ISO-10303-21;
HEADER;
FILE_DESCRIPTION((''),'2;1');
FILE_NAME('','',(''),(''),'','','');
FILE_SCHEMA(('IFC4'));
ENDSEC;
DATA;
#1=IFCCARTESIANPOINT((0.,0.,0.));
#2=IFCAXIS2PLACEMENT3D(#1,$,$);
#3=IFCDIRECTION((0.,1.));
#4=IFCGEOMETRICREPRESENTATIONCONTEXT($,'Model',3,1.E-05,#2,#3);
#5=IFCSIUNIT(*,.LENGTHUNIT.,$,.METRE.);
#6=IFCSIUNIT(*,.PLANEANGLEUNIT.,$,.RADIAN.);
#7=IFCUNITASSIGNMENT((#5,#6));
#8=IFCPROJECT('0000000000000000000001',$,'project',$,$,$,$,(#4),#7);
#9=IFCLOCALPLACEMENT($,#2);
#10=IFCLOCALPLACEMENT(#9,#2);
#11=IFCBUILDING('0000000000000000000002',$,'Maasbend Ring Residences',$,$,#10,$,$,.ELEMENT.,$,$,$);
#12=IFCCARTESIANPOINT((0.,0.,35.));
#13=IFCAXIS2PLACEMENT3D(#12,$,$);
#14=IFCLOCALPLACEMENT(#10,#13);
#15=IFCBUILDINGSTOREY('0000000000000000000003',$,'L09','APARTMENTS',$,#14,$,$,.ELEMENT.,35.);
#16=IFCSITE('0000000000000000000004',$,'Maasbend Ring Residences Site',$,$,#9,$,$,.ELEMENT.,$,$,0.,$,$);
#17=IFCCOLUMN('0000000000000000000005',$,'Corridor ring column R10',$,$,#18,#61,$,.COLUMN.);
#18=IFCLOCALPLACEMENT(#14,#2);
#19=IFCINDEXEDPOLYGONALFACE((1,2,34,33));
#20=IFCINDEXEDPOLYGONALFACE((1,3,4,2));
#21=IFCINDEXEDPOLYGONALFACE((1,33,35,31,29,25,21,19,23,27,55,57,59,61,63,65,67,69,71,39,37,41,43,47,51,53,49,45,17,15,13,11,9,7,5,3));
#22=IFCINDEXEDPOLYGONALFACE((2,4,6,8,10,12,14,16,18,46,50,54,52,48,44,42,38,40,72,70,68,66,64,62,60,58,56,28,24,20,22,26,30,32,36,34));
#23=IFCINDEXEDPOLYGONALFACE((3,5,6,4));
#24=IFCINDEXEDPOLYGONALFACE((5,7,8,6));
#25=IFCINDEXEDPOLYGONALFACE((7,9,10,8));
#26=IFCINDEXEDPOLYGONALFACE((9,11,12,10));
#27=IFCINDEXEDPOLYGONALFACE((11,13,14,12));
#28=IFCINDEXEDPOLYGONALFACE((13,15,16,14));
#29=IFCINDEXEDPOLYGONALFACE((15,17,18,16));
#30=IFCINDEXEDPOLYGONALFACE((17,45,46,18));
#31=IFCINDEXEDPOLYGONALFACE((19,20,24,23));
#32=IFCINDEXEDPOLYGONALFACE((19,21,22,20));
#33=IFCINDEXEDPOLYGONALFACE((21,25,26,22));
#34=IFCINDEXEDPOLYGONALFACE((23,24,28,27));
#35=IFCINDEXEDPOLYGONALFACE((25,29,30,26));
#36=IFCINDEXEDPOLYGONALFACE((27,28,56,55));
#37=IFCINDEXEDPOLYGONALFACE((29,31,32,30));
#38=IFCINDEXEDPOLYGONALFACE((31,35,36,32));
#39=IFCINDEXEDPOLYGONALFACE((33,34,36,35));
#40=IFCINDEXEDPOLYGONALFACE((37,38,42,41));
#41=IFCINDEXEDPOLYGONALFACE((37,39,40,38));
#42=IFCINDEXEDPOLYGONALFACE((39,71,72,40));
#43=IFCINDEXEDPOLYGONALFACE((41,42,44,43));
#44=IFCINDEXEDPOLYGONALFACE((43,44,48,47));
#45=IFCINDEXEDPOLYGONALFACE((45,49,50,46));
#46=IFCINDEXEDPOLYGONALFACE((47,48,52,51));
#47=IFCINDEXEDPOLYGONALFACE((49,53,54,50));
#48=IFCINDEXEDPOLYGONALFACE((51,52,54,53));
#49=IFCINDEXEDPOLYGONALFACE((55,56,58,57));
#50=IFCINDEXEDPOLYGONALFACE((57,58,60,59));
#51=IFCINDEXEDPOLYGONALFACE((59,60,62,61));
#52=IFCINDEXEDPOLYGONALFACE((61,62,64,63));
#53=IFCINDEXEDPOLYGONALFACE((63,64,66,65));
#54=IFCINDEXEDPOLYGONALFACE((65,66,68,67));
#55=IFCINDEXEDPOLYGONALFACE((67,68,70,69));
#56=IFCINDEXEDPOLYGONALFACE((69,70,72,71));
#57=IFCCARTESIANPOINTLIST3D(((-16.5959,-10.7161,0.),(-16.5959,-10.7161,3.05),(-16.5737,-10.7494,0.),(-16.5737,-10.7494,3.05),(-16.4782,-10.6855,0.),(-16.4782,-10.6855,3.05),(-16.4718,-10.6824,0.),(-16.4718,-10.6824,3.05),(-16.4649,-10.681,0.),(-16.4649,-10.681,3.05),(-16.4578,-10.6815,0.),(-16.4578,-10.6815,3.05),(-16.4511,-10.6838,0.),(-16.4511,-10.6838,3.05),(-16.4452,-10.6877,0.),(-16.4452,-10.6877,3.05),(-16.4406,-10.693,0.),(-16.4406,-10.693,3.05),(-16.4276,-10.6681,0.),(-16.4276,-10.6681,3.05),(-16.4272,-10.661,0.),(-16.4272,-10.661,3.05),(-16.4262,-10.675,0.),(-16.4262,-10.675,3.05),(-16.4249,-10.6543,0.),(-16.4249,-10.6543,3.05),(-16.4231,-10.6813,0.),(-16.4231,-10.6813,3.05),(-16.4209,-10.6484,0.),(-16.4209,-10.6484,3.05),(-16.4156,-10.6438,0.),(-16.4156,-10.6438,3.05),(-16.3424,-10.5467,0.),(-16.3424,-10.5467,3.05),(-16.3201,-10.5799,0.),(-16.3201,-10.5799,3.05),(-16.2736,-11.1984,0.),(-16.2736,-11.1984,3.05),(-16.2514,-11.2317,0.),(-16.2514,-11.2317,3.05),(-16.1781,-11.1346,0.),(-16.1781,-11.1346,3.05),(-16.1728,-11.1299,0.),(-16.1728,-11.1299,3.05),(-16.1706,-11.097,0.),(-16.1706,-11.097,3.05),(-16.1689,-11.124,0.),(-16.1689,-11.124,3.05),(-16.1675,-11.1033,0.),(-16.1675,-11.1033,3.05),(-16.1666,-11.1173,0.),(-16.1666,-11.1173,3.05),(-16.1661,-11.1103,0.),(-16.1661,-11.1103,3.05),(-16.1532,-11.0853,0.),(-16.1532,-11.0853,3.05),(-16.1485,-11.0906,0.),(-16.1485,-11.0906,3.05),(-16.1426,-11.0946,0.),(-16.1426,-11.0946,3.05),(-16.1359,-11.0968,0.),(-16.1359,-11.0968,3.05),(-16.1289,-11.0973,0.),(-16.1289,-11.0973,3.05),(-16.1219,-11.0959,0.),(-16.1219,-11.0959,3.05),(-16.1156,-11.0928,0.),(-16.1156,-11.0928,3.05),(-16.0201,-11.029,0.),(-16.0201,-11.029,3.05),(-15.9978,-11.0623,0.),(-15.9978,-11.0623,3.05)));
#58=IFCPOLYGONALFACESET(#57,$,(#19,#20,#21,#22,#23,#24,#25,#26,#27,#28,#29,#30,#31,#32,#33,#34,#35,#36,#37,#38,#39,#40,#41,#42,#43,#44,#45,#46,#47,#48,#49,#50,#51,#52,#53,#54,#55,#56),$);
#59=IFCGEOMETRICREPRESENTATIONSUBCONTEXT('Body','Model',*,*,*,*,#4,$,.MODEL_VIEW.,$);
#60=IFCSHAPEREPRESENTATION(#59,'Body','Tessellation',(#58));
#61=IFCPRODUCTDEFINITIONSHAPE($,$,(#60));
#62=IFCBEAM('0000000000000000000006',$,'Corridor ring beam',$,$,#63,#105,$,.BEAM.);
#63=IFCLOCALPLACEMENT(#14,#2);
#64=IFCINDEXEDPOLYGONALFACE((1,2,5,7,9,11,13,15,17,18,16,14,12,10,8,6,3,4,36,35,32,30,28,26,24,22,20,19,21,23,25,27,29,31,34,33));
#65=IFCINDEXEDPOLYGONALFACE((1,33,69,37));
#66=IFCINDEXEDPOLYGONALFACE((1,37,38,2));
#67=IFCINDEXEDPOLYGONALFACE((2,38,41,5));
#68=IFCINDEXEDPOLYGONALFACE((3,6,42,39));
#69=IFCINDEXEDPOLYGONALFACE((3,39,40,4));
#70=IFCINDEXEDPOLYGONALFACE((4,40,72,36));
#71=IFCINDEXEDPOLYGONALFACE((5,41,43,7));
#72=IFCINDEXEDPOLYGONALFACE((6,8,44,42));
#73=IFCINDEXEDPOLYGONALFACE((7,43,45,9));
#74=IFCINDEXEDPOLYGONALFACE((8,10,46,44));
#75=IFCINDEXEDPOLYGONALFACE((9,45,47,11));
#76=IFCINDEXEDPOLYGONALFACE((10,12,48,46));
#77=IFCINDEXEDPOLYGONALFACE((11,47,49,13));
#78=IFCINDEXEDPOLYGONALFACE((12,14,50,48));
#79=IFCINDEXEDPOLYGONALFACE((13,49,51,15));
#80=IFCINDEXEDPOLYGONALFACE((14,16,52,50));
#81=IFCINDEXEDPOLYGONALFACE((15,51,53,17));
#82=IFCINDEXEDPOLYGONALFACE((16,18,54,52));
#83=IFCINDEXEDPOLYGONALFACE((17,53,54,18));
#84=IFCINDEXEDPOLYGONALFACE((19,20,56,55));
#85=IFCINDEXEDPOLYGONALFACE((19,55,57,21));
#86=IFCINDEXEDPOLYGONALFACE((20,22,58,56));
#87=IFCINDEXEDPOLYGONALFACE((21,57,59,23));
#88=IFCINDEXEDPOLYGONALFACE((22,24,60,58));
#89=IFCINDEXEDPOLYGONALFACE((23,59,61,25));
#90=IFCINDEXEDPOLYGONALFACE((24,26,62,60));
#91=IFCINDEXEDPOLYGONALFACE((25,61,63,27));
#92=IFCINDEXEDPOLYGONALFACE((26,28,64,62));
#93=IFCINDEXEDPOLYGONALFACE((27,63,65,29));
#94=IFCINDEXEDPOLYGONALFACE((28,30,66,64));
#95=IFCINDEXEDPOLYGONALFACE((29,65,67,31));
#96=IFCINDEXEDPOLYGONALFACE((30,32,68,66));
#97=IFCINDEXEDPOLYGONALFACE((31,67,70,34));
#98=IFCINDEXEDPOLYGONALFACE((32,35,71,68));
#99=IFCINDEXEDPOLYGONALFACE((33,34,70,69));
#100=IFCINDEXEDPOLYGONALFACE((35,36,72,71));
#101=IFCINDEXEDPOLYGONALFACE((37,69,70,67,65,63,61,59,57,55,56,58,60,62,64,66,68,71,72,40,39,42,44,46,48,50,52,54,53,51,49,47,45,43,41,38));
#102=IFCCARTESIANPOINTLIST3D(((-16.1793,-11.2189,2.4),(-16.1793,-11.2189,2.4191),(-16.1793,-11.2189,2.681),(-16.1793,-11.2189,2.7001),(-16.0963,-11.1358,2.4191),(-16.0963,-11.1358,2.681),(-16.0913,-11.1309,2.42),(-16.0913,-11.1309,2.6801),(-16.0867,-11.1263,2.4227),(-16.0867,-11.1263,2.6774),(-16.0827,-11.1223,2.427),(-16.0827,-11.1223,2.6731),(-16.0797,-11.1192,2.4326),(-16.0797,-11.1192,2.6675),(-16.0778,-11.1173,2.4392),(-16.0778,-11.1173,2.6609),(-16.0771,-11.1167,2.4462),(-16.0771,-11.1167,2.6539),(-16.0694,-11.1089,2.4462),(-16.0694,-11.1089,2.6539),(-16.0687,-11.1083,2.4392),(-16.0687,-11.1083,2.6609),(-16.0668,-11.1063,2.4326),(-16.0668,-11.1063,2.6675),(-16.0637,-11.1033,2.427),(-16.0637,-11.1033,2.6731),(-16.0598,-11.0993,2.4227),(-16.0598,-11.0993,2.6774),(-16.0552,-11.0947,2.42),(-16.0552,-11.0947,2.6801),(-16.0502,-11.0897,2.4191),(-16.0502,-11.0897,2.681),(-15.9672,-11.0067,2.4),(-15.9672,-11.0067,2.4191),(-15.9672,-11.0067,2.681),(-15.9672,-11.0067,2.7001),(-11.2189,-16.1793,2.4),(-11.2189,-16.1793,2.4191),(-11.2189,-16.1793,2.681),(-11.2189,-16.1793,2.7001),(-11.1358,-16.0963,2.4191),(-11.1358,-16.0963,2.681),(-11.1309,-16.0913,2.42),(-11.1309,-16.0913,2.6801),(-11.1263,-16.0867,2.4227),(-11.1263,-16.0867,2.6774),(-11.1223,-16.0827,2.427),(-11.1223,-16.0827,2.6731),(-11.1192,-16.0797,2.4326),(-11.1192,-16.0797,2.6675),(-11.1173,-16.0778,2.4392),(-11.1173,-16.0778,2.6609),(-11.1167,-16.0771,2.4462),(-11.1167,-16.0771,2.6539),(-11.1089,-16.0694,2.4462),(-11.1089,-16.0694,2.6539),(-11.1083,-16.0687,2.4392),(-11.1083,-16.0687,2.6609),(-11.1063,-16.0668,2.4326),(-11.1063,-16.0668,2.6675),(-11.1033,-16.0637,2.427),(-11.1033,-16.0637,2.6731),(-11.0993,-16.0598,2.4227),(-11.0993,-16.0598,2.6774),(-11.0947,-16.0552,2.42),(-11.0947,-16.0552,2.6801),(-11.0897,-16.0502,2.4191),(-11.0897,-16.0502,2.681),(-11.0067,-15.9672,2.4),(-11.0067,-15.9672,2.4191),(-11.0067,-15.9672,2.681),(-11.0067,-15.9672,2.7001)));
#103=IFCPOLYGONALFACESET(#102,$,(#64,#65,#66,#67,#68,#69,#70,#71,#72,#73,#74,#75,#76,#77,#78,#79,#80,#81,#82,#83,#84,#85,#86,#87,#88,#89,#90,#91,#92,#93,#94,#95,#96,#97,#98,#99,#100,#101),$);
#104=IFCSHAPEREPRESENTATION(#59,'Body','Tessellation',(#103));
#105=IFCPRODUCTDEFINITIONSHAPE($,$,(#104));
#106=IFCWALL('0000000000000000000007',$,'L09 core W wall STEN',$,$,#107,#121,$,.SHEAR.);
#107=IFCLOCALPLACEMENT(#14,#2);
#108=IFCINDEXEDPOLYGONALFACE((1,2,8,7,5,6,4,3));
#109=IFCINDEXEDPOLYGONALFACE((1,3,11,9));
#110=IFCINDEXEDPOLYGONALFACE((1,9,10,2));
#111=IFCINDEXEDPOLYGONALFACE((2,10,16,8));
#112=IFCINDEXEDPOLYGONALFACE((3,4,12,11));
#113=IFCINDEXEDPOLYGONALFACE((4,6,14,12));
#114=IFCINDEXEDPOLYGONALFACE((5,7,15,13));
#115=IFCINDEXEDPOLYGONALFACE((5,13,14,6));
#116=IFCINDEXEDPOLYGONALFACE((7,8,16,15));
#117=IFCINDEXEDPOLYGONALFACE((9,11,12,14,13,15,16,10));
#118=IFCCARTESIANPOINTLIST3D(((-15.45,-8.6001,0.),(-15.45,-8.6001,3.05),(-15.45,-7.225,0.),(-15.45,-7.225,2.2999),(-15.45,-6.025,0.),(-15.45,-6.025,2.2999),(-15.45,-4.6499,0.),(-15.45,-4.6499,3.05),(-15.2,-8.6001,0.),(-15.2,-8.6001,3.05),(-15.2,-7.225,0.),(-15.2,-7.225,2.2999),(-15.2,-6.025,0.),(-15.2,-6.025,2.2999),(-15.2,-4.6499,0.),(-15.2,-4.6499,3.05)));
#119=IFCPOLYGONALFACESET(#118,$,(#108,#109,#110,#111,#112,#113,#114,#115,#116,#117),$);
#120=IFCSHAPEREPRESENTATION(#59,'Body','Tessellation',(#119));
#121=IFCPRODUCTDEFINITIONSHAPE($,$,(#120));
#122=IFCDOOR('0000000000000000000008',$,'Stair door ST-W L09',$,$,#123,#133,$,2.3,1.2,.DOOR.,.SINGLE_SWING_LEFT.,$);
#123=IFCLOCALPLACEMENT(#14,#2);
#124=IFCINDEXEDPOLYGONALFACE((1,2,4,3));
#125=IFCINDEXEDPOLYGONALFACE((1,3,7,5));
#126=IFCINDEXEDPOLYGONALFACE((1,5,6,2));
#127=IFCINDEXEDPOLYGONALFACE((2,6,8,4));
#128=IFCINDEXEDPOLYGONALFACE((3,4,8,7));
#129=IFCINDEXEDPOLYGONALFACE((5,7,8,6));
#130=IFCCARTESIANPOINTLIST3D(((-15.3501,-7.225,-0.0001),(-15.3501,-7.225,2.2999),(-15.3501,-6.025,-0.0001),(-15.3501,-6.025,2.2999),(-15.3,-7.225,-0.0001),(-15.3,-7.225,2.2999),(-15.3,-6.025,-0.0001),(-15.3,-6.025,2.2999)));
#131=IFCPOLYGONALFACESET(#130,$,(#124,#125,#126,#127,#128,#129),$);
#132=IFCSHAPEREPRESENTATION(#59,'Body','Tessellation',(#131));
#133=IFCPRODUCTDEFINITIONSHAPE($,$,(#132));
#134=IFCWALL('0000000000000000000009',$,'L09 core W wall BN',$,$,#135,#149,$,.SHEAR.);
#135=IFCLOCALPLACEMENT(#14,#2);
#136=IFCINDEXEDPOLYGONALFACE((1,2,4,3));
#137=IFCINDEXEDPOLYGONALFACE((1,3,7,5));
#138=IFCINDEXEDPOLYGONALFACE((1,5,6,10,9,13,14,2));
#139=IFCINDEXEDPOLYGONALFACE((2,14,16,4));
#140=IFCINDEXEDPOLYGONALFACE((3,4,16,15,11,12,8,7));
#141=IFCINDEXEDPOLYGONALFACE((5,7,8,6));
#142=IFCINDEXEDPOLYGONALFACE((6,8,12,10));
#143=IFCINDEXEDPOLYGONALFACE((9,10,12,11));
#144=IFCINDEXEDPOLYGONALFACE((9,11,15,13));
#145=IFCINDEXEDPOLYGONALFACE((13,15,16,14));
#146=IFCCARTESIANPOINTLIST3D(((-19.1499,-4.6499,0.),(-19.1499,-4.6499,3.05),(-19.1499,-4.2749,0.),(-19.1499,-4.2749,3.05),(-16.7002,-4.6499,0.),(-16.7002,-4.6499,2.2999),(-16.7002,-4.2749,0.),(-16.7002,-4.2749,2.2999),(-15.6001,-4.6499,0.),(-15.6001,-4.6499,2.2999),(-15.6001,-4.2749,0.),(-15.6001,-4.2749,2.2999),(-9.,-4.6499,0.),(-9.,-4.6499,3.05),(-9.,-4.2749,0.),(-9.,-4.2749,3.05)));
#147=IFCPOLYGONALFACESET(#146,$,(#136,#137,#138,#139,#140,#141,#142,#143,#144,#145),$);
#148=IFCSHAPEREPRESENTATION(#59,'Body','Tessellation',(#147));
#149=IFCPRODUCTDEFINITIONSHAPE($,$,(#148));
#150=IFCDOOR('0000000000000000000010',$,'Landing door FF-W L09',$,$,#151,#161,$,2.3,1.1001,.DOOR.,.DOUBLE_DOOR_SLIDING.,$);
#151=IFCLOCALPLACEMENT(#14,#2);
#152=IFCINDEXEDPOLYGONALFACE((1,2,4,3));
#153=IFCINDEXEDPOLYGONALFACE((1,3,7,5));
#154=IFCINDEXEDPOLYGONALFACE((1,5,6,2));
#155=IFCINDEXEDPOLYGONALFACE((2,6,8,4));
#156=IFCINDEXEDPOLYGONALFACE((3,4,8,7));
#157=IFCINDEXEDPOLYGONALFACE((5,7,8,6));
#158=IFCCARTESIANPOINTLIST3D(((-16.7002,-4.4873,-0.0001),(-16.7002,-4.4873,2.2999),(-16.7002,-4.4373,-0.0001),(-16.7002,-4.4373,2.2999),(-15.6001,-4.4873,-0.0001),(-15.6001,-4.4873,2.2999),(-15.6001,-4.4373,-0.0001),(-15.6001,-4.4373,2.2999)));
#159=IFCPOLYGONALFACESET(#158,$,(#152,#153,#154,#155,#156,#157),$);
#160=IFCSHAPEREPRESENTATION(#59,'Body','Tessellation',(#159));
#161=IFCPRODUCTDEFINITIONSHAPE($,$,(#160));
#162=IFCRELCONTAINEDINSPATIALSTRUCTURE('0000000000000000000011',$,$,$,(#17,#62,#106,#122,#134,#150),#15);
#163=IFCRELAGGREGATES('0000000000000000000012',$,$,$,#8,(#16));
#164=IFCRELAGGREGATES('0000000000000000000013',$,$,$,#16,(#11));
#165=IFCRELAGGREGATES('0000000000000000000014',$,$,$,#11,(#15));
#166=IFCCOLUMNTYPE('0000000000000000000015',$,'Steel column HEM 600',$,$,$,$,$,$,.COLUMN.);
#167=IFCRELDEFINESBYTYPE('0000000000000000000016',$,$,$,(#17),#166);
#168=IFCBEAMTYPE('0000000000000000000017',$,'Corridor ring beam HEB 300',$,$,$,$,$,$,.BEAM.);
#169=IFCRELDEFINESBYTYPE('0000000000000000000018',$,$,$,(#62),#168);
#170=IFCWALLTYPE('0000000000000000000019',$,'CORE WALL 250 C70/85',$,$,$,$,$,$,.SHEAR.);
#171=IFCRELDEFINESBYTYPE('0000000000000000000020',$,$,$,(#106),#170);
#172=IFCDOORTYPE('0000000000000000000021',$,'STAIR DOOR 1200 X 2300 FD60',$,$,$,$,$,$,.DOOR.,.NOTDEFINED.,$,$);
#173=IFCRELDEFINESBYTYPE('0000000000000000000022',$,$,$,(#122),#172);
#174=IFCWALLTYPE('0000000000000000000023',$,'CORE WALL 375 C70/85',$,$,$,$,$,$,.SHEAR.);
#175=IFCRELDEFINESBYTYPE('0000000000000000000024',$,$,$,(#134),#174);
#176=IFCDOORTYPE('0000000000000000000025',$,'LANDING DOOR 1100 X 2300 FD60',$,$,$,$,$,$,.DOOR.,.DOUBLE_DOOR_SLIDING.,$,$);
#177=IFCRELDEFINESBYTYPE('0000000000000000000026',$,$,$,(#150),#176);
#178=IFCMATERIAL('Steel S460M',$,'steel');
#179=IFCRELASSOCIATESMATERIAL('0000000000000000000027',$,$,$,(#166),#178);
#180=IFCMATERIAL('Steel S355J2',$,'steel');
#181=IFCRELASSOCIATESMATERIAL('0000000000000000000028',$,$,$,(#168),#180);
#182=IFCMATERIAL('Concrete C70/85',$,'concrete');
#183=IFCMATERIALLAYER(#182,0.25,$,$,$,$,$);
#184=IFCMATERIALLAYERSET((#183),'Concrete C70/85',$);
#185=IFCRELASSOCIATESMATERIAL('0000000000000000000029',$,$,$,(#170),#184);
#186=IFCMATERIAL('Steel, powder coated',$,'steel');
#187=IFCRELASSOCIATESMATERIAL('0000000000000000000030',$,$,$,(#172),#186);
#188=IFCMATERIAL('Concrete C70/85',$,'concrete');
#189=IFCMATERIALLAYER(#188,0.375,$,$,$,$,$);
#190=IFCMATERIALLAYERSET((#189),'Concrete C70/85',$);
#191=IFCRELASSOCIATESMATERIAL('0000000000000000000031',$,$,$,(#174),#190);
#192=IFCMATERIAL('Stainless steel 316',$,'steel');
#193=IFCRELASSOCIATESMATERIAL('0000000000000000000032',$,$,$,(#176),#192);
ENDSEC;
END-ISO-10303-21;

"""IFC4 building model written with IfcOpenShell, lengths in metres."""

from ifc_helpers import new_model, si_unit, direction, frame, frame_2d, origin, origin_2d, place, context, subcontext, project, spatial, rectangle, i_section, extrude, material, layer, layer_set, material_profile, profile_set, type_object, element, fill, save


model = new_model("IFC4")

# Units and contexts
model_context = context("Model", 3, precision=1e-05, world=origin(), true_north=direction((0.0, 1.0)))
body_context = subcontext(model_context, "Body", "Model", "MODEL_VIEW")
ifc_project = project(units=[si_unit("LENGTHUNIT", "METRE"), si_unit("PLANEANGLEUNIT", "RADIAN")], contexts=[model_context])

# Site, building, storey
site_placement = place(None, origin())
site = spatial("IfcSite", under=ifc_project, at=site_placement, Name="Maasbend Ring Residences Site", CompositionType="ELEMENT", RefElevation=0.0)
building_placement = place(site_placement, origin())
building = spatial("IfcBuilding", under=site, at=building_placement, Name="Maasbend Ring Residences", CompositionType="ELEMENT")
storey_placement = place(building_placement, frame((0.0, 0.0, 35.0)))
storey = spatial("IfcBuildingStorey", under=building, at=storey_placement, Name="L09", Description="APARTMENTS", CompositionType="ELEMENT", Elevation=35.0)

# Column
ifc_material_1 = material(Name="Steel S460M", Category="steel")
ifc_material_profile_1 = material_profile(ifc_material_1, i_section(OverallWidth=0.3049, OverallDepth=0.6201, WebThickness=0.021, FlangeThickness=0.04, FilletRadius=0.0271, at=origin_2d()), Name="HEM 600")
ifc_profile_set_1 = profile_set([ifc_material_profile_1], Name="Steel S460M")
column_type = type_object("IfcColumnType", Name="Steel column HEM 600", PredefinedType="COLUMN", material=ifc_profile_set_1)
column_placement = place(storey_placement, frame((-16.2969, -10.8892, 0.0), z_axis=(0.0, 0.0, 1.0), x_axis=(-0.83147, -0.55557, 0.0)))
element("IfcColumn", 1, at=column_placement, inside=storey, type_object=column_type, Name="Corridor ring column R10", PredefinedType="COLUMN", context=body_context, shape_type="SweptSolid", body=[
    extrude(i_section(OverallWidth=0.3049, OverallDepth=0.6201, WebThickness=0.021, FlangeThickness=0.04, FilletRadius=0.0271, at=origin_2d()), origin(), (0.0, 0.0, 1.0), 3.05),
])

# Beam
ifc_material_2 = material(Name="Steel S355J2", Category="steel")
ifc_material_profile_2 = material_profile(ifc_material_2, i_section(OverallWidth=0.3, OverallDepth=0.3, WebThickness=0.011, FlangeThickness=0.019, FilletRadius=0.0271, at=origin_2d()), Name="HEB 300")
ifc_profile_set_2 = profile_set([ifc_material_profile_2], Name="Steel S355J2")
beam_type = type_object("IfcBeamType", Name="Corridor ring beam HEB 300", PredefinedType="BEAM", material=ifc_profile_set_2)
beam_placement = place(storey_placement, frame((-16.0732, -11.1128, 2.55), z_axis=(0.707107, -0.707107, 0.0), x_axis=(0.707107, 0.707107, 0.0)))
element("IfcBeam", 2, at=beam_placement, inside=storey, type_object=beam_type, Name="Corridor ring beam", PredefinedType="BEAM", context=body_context, shape_type="SweptSolid", body=[
    extrude(i_section(OverallWidth=0.3, OverallDepth=0.3, WebThickness=0.011, FlangeThickness=0.019, FilletRadius=0.0271, at=origin_2d()), origin(), (0.0, 0.0, 1.0), 7.0151),
])

# Walls, openings, doors
ifc_material_3 = material(Name="Concrete C70/85", Category="concrete")
ifc_layer_1 = layer(ifc_material_3, 0.25)
ifc_layer_set_1 = layer_set([ifc_layer_1], Name="Concrete C70/85")
wall_type_1 = type_object("IfcWallType", Name="CORE WALL 250 C70/85", PredefinedType="SHEAR", material=ifc_layer_set_1)
wall_1_placement = place(storey_placement, frame((-15.325, -4.6499, 0.0), z_axis=(0.0, 0.0, 1.0), x_axis=(0.0, -1.0, 0.0)))
wall_1 = element("IfcWall", 3, at=wall_1_placement, inside=storey, type_object=wall_type_1, Name="L09 core W wall STEN", PredefinedType="SHEAR", context=body_context, shape_type="SweptSolid", body=[
    extrude(rectangle(XDim=3.9502, YDim=0.25, at=frame_2d((1.9751, 0.0))), origin(), (0.0, 0.0, 1.0), 3.05),
])
opening_1_placement = place(wall_1_placement, frame((1.375, 0.0, 0.0)))
opening_1 = element("IfcOpeningElement", 4, at=opening_1_placement, cuts=wall_1, PredefinedType="OPENING", context=body_context, shape_type="SweptSolid", body=[
    extrude(rectangle(XDim=1.2, YDim=2.3, at=frame_2d((0.6001, 1.1499))), frame((0.0, 0.135, 0.0), z_axis=(0.0, -1.0, 0.0), x_axis=(1.0, 0.0, 0.0)), (0.0, 0.0, 1.0), 0.27),
])
ifc_material_4 = material(Name="Steel, powder coated", Category="steel")
door_type_1 = type_object("IfcDoorType", Name="STAIR DOOR 1200 X 2300 FD60", OperationType="NOTDEFINED", PredefinedType="DOOR", material=ifc_material_4)
door_1_placement = place(opening_1_placement, origin())
door_1 = element("IfcDoor", 5, at=door_1_placement, inside=storey, type_object=door_type_1, Name="Stair door ST-W L09", OperationType="SINGLE_SWING_LEFT", OverallHeight=2.3, OverallWidth=1.2, PredefinedType="DOOR", context=body_context, shape_type="SweptSolid", body=[
    extrude(rectangle(XDim=1.2, YDim=2.3, at=frame_2d((0.6001, 1.1499))), frame((0.0, 0.0249, 0.0), z_axis=(0.0, -1.0, 0.0), x_axis=(1.0, 0.0, 0.0)), (0.0, 0.0, 1.0), 0.05),
])
fill(opening_1, door_1)
ifc_material_5 = material(Name="Concrete C70/85", Category="concrete")
ifc_layer_2 = layer(ifc_material_5, 0.375)
ifc_layer_set_2 = layer_set([ifc_layer_2], Name="Concrete C70/85")
wall_type_2 = type_object("IfcWallType", Name="CORE WALL 375 C70/85", PredefinedType="SHEAR", material=ifc_layer_set_2)
wall_2_placement = place(storey_placement, frame((-9.0, -4.4624, 0.0), z_axis=(0.0, 0.0, 1.0), x_axis=(-1.0, 0.0, 0.0)))
wall_2 = element("IfcWall", 6, at=wall_2_placement, inside=storey, type_object=wall_type_2, Name="L09 core W wall BN", PredefinedType="SHEAR", context=body_context, shape_type="SweptSolid", body=[
    extrude(rectangle(XDim=10.1499, YDim=0.375, at=frame_2d((5.075, 0.0))), origin(), (0.0, 0.0, 1.0), 3.05),
])
opening_2_placement = place(wall_2_placement, frame((6.6001, 0.0, 0.0)))
opening_2 = element("IfcOpeningElement", 7, at=opening_2_placement, cuts=wall_2, PredefinedType="OPENING", context=body_context, shape_type="SweptSolid", body=[
    extrude(rectangle(XDim=1.1001, YDim=2.3, at=frame_2d((0.55, 1.1499))), frame((0.0, 0.1975, 0.0), z_axis=(0.0, -1.0, 0.0), x_axis=(1.0, 0.0, 0.0)), (0.0, 0.0, 1.0), 0.395),
])
ifc_material_6 = material(Name="Stainless steel 316", Category="steel")
door_type_2 = type_object("IfcDoorType", Name="LANDING DOOR 1100 X 2300 FD60", OperationType="DOUBLE_DOOR_SLIDING", PredefinedType="DOOR", material=ifc_material_6)
door_2_placement = place(opening_2_placement, origin())
door_2 = element("IfcDoor", 8, at=door_2_placement, inside=storey, type_object=door_type_2, Name="Landing door FF-W L09", OperationType="DOUBLE_DOOR_SLIDING", OverallHeight=2.3, OverallWidth=1.1001, PredefinedType="DOOR", context=body_context, shape_type="SweptSolid", body=[
    extrude(rectangle(XDim=1.1001, YDim=2.3, at=frame_2d((0.55, 1.1499))), frame((0.0, 0.0249, 0.0), z_axis=(0.0, -1.0, 0.0), x_axis=(1.0, 0.0, 0.0)), (0.0, 0.0, 1.0), 0.05),
])
fill(opening_2, door_2)

save(model, "model.ifc")
